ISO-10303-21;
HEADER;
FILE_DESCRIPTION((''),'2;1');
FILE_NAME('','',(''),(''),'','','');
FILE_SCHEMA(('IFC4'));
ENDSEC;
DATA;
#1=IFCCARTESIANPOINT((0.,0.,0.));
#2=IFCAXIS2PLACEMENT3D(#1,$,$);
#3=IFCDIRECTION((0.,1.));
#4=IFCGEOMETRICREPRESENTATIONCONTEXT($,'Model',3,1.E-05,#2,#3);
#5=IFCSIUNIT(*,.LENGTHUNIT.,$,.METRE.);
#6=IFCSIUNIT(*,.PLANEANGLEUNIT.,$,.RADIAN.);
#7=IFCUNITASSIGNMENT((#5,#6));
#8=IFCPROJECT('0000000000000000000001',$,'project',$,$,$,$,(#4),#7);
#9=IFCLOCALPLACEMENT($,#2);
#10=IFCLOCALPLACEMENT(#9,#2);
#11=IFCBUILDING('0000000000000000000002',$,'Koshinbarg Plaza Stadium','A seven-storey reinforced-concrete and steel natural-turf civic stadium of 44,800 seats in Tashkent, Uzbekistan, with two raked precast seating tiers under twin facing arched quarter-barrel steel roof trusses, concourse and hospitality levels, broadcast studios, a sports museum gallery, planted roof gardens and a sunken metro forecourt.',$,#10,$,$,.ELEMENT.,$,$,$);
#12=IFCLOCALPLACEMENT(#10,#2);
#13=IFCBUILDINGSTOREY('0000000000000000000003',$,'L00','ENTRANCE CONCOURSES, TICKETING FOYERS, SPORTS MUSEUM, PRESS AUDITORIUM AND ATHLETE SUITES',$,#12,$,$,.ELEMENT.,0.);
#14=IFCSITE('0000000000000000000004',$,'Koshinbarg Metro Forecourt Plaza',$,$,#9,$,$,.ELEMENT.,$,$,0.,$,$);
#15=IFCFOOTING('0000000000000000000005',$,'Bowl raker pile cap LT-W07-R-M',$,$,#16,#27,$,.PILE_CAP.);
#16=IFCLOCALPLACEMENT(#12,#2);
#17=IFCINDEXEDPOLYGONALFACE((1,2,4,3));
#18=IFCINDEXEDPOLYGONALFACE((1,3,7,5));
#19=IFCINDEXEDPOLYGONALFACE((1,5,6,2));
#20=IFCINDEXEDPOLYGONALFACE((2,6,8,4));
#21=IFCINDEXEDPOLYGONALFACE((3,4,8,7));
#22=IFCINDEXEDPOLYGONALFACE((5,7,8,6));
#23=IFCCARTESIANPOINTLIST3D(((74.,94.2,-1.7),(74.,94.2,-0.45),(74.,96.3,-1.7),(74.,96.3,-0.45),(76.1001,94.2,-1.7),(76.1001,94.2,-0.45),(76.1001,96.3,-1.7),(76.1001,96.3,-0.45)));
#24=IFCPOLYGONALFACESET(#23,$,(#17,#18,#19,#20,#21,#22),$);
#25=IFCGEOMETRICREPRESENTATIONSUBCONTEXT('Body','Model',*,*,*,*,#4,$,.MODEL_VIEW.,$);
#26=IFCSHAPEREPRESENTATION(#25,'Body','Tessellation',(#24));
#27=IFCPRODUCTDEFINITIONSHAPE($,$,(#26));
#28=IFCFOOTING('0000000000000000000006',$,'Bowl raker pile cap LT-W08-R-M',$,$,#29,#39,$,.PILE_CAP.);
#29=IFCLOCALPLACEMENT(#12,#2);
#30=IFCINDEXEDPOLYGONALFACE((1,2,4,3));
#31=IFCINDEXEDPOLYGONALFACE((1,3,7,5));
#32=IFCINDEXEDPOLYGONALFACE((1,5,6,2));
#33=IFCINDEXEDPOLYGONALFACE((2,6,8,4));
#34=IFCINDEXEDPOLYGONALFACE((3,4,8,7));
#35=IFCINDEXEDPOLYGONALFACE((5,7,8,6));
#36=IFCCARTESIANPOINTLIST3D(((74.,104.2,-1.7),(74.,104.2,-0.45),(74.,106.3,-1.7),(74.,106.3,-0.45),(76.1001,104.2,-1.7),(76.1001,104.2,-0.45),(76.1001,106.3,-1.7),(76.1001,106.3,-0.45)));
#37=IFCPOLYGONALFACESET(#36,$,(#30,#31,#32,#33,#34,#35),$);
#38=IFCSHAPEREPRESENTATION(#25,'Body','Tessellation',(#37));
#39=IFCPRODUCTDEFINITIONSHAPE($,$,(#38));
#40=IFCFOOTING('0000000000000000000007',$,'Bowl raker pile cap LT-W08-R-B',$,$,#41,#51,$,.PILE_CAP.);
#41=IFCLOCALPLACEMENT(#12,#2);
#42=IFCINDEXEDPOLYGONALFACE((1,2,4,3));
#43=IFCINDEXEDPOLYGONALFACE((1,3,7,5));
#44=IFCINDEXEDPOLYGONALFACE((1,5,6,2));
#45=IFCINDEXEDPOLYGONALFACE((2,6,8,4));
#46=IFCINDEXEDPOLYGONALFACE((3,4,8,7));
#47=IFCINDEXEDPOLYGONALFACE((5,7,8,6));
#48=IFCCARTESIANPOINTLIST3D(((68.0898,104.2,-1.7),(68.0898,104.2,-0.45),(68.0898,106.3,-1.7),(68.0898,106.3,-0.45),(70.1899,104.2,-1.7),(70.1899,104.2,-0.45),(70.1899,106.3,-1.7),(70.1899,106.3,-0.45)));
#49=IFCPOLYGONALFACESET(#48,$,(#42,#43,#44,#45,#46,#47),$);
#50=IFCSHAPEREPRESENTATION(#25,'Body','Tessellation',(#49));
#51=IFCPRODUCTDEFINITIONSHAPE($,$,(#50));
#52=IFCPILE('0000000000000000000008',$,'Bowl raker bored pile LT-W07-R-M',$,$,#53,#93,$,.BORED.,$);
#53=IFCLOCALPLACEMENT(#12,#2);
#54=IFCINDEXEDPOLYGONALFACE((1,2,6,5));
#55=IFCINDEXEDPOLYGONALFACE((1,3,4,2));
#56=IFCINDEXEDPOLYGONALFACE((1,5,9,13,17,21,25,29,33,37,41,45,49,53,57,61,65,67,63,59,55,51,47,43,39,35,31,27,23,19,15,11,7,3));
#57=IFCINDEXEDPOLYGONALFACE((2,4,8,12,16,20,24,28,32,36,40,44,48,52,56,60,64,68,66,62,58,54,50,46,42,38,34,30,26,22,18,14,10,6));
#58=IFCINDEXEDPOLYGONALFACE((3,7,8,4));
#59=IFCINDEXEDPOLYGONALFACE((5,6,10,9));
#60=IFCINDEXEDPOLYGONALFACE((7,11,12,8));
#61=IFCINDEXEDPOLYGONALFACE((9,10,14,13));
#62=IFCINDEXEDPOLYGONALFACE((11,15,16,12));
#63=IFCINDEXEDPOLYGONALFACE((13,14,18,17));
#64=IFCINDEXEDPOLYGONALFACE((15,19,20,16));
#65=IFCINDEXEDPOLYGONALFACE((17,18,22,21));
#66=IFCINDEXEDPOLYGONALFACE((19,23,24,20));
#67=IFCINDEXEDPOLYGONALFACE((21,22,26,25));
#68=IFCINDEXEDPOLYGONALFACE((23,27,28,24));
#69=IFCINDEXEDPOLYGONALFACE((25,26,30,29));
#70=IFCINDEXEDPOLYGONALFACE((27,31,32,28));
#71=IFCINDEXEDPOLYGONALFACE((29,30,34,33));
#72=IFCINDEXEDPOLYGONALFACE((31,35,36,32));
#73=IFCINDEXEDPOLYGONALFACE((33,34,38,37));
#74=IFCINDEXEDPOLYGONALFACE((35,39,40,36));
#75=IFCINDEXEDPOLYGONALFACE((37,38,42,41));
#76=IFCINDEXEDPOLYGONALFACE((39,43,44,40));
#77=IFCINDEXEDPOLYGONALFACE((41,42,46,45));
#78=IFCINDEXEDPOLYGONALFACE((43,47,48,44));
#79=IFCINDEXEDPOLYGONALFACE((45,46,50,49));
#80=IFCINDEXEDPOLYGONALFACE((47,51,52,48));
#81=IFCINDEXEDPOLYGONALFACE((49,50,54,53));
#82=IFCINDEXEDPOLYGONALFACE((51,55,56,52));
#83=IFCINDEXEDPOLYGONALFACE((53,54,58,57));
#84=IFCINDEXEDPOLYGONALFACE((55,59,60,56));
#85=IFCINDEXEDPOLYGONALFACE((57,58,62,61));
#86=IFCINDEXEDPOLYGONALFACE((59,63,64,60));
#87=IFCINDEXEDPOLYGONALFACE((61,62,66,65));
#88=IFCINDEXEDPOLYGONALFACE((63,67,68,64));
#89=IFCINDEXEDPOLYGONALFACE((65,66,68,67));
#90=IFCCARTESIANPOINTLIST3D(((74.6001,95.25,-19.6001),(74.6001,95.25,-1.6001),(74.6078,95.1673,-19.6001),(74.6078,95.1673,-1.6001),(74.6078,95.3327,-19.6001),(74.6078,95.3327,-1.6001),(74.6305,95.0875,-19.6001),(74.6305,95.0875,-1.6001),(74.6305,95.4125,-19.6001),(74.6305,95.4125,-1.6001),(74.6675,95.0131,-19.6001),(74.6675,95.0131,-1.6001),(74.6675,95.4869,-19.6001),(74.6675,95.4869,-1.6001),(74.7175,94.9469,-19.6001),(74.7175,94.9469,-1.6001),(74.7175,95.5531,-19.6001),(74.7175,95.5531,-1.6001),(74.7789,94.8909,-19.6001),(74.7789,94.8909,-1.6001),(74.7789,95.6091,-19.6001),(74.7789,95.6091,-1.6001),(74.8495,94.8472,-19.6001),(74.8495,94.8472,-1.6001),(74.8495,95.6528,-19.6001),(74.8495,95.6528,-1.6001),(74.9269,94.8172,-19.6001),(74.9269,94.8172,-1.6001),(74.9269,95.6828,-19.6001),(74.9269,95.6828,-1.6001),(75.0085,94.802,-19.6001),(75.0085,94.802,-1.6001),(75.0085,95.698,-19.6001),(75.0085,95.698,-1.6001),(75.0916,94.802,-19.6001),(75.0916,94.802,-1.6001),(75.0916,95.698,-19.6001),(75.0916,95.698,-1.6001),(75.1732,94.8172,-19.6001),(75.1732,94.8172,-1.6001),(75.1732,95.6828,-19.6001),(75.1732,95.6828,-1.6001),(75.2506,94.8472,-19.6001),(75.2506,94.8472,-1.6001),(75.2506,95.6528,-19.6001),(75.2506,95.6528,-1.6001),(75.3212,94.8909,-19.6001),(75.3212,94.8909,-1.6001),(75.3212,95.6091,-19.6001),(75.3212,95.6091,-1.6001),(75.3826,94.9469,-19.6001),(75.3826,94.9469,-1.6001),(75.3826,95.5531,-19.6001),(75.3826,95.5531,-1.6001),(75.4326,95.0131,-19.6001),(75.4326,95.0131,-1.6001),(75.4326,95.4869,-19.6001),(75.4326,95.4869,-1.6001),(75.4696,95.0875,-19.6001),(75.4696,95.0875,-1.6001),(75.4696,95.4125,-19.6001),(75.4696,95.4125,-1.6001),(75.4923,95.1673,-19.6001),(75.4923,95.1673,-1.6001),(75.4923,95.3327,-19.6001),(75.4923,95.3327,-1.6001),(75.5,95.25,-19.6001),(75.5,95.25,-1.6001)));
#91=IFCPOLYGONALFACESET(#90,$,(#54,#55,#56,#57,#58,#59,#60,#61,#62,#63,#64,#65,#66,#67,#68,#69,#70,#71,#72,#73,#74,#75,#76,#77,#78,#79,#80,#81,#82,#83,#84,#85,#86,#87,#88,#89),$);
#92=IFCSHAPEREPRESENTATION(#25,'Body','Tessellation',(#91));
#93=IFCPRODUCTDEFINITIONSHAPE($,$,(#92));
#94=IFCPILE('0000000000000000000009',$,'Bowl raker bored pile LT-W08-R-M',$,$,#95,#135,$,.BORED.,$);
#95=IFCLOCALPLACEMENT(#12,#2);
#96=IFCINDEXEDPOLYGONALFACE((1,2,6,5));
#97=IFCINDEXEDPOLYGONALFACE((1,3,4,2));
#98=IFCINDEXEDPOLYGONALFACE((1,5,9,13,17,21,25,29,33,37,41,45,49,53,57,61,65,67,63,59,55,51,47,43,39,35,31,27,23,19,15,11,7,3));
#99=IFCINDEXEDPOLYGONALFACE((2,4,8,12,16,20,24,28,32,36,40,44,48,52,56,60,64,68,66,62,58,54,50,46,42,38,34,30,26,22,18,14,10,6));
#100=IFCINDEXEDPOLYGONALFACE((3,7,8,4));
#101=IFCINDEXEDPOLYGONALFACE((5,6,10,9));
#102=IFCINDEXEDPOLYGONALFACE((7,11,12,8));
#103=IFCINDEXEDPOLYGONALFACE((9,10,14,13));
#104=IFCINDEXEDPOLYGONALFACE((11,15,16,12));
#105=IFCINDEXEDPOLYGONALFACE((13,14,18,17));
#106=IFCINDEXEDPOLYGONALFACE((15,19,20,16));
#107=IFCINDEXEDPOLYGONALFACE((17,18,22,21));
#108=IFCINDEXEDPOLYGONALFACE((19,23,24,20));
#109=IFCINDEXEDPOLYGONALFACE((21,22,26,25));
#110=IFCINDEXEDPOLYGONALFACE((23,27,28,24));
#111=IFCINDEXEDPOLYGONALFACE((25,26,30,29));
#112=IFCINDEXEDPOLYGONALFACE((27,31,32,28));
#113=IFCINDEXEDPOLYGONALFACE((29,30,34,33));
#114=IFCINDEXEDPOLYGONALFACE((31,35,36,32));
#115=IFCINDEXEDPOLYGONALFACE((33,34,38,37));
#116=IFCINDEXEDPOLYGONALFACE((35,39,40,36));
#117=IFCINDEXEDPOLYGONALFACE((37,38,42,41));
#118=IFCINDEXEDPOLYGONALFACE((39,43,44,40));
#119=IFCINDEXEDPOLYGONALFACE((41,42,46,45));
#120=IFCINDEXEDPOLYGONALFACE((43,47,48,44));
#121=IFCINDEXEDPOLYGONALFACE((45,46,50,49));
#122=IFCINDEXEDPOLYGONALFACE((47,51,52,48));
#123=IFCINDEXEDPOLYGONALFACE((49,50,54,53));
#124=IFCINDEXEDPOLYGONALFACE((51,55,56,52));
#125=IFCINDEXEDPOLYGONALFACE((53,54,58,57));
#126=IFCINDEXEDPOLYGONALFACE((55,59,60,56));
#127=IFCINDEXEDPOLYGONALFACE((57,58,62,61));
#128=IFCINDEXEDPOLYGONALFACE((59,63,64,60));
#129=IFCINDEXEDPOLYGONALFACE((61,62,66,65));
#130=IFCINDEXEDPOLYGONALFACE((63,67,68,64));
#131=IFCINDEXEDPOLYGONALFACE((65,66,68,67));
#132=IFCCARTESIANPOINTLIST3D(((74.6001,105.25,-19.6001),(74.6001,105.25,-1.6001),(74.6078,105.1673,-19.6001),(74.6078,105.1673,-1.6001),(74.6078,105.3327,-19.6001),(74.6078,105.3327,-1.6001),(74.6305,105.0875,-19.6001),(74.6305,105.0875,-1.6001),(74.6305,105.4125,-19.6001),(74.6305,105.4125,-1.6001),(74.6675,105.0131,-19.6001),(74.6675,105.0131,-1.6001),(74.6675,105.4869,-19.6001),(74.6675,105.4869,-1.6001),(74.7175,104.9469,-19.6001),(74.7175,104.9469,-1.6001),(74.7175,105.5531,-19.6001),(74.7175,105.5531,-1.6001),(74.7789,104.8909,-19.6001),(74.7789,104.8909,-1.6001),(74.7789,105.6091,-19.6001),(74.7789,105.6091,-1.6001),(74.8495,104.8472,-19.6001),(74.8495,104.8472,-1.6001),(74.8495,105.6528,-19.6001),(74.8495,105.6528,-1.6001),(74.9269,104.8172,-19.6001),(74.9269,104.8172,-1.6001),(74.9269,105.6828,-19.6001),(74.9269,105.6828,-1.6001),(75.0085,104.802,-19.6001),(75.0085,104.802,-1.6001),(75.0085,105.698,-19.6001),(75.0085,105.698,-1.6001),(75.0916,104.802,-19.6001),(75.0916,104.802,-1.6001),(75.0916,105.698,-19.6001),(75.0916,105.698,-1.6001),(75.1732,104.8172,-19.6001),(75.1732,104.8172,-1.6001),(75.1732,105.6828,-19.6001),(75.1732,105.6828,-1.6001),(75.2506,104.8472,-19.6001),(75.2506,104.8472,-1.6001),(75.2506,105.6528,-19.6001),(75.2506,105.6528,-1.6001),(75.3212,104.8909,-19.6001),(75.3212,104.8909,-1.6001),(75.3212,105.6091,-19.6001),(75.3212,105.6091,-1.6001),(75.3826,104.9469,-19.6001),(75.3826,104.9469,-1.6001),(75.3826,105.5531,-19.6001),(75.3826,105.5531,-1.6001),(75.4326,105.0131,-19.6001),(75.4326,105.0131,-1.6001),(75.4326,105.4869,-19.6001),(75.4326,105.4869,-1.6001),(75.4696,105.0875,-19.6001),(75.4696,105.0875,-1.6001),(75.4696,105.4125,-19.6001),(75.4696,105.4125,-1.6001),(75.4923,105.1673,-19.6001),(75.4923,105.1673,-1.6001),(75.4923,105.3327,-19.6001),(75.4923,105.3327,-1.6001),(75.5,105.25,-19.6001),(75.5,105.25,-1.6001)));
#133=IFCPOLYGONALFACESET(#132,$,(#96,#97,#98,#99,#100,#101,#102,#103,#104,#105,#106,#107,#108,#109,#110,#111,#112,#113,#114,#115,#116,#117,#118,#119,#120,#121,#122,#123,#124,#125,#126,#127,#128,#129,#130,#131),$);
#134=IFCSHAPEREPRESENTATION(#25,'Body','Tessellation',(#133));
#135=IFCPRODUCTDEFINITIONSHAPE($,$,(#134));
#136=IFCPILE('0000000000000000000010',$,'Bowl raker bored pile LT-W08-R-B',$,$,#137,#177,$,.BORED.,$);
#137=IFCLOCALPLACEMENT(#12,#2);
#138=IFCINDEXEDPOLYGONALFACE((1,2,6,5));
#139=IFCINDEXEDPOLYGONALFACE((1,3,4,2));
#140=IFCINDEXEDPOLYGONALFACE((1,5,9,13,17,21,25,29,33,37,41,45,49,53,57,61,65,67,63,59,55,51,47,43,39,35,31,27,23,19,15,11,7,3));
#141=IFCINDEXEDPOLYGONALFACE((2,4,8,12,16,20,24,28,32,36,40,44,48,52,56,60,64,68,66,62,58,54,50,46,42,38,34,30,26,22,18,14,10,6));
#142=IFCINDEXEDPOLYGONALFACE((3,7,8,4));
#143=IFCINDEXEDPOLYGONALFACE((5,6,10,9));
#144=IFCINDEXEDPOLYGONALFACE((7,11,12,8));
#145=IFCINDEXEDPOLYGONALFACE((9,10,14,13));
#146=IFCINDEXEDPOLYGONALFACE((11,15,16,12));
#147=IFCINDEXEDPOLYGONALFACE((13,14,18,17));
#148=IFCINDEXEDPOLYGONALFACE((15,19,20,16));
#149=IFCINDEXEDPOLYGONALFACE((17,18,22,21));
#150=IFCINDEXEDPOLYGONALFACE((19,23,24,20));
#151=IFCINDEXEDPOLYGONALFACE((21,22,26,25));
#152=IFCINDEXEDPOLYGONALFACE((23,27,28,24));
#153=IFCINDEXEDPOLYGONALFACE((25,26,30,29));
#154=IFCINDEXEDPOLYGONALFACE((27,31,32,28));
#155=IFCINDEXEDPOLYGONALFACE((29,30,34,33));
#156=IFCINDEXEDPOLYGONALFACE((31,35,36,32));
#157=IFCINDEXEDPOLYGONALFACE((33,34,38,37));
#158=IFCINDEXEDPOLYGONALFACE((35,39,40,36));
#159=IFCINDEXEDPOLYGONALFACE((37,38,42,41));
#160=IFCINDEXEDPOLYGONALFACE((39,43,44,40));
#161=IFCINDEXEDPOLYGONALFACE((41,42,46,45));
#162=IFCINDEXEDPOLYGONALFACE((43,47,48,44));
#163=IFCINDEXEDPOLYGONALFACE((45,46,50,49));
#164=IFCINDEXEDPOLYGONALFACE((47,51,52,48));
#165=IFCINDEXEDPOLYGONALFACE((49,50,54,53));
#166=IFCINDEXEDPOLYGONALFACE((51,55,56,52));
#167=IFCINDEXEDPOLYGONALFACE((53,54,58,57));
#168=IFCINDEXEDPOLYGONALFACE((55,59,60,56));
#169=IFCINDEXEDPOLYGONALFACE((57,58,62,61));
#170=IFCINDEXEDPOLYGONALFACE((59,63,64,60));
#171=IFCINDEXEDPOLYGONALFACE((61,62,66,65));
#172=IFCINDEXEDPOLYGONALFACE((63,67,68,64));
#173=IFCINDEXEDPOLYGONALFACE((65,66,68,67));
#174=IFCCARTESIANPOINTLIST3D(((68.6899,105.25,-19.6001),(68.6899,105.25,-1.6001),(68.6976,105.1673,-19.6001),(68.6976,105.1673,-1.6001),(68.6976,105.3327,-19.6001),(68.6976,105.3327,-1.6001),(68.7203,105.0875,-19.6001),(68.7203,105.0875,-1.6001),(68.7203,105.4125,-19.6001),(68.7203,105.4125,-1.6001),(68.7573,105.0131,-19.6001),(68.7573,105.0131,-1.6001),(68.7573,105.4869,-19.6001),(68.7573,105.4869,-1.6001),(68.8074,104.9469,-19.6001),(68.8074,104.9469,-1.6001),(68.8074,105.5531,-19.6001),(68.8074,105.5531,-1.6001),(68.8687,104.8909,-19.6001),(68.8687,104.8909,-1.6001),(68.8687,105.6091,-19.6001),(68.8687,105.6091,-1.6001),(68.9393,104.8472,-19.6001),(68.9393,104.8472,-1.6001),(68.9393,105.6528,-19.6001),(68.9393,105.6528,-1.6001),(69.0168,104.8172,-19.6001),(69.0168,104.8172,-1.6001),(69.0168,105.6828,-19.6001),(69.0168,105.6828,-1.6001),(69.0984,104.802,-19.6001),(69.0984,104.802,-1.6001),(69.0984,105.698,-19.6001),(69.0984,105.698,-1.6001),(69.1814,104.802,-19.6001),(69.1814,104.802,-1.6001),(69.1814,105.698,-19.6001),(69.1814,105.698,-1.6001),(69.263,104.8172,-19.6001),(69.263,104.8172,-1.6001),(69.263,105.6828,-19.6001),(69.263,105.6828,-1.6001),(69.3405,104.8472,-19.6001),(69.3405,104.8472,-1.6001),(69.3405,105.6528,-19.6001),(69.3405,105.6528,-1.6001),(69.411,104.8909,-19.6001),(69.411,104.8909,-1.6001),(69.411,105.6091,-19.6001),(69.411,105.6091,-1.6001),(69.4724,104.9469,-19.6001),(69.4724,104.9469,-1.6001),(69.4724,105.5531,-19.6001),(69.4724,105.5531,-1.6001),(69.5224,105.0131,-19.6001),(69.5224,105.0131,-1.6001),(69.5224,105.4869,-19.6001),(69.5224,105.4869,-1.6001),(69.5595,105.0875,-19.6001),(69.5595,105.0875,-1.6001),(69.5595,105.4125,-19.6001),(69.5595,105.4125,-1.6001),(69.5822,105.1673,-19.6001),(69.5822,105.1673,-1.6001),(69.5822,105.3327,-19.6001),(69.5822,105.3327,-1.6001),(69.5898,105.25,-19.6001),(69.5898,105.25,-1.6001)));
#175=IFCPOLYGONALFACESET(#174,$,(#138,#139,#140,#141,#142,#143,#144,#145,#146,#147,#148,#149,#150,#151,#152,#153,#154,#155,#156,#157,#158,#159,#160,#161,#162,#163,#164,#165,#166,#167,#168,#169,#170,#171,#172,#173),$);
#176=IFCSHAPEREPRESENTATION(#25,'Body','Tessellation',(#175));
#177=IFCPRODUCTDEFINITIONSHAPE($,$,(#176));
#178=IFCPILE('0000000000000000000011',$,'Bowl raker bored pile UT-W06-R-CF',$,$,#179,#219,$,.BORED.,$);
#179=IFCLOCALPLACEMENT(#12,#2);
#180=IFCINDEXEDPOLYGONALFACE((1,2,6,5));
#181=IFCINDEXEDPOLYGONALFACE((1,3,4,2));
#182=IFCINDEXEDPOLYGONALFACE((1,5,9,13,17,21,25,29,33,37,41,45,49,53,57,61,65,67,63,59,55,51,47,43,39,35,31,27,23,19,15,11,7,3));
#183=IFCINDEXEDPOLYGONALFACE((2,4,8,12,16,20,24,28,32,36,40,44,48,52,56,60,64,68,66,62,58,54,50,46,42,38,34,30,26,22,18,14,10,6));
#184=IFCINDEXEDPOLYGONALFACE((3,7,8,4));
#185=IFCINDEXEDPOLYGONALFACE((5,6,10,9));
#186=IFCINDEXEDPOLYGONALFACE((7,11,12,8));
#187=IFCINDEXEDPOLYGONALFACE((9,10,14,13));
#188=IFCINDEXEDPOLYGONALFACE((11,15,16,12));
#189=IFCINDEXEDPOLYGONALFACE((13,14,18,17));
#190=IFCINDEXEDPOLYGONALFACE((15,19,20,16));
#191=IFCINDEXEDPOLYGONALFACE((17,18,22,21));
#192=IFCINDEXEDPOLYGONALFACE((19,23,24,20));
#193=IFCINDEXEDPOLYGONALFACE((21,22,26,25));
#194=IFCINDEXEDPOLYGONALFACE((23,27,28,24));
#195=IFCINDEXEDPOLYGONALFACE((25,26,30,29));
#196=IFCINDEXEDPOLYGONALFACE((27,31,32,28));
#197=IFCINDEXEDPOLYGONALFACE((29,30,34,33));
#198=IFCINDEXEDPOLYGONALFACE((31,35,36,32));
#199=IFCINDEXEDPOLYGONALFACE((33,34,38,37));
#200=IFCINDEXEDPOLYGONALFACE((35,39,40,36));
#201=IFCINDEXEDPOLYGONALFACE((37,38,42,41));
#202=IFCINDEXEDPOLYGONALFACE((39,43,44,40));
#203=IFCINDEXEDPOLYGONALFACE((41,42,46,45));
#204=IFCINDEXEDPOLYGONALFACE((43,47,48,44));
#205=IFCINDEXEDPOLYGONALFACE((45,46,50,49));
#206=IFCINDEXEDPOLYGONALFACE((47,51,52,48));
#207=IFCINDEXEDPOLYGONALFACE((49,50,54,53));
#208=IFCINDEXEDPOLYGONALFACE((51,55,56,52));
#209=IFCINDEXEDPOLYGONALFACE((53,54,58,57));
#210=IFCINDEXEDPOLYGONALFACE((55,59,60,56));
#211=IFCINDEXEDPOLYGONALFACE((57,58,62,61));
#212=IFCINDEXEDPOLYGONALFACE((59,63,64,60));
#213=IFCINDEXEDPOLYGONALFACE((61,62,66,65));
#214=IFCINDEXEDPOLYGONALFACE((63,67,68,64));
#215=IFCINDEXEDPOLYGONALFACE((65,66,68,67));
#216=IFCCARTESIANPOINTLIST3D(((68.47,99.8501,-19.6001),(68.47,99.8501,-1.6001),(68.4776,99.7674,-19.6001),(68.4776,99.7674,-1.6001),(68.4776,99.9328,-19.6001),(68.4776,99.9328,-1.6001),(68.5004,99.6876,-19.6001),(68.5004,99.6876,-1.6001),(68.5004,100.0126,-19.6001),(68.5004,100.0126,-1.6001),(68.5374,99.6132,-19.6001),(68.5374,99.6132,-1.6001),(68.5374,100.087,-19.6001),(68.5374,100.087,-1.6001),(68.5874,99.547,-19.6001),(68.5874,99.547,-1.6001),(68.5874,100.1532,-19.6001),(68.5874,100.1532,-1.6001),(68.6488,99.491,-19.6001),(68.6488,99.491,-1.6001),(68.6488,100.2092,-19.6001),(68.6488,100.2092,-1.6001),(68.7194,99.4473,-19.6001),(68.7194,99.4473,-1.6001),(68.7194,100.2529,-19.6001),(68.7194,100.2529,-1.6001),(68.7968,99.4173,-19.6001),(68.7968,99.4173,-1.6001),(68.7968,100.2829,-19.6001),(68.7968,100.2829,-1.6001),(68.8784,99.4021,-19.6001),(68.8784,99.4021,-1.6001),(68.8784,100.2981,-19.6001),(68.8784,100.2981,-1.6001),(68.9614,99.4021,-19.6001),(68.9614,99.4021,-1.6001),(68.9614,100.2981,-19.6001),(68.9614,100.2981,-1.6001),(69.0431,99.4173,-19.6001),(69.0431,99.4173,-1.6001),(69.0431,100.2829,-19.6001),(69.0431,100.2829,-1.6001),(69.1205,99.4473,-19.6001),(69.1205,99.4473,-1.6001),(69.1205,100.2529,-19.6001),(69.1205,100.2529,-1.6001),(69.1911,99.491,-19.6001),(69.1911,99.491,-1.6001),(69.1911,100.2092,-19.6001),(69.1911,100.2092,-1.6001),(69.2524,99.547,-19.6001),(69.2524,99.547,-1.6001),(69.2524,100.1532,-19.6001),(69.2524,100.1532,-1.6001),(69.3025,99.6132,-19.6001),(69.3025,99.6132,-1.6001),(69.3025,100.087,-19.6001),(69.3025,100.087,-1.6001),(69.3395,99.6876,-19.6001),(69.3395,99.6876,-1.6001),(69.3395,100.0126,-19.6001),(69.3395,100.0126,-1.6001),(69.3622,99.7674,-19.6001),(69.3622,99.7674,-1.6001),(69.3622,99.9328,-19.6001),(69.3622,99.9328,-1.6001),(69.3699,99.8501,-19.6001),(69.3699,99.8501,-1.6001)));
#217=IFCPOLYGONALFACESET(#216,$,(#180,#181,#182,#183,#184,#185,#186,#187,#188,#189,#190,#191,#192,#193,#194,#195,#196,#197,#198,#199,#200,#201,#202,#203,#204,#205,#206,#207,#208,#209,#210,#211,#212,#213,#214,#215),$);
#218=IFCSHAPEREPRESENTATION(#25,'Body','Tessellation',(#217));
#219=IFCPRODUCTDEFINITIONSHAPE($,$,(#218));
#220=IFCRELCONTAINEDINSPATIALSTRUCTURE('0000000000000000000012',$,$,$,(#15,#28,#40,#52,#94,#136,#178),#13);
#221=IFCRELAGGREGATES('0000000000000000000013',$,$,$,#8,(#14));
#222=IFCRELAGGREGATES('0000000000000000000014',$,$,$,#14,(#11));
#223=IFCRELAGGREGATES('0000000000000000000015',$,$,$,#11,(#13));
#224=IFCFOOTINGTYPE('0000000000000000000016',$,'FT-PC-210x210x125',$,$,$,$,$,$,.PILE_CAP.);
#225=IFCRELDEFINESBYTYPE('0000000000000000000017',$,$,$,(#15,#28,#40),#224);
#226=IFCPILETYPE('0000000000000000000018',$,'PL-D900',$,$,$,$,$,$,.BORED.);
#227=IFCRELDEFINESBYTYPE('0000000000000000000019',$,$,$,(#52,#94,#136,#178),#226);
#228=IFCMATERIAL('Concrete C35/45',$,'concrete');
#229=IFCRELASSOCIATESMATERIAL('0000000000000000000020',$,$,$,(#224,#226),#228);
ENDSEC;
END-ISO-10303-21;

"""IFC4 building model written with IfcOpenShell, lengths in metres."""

from ifc_helpers import new_model, si_unit, direction, frame, origin, origin_2d, place, context, subcontext, project, spatial, rectangle, circle, extrude, material, material_profile, profile_set, type_object, element, save


model = new_model("IFC4")

# Units and contexts
model_context = context("Model", 3, precision=1e-05, world=origin(), true_north=direction((0.0, 1.0)))
body_context = subcontext(model_context, "Body", "Model", "MODEL_VIEW")
ifc_project = project(units=[si_unit("LENGTHUNIT", "METRE"), si_unit("PLANEANGLEUNIT", "RADIAN")], contexts=[model_context])

# Site, building, storey
site_placement = place(None, origin())
site = spatial("IfcSite", under=ifc_project, at=site_placement, Name="Koshinbarg Metro Forecourt Plaza", CompositionType="ELEMENT", RefElevation=0.0)
building_placement = place(site_placement, origin())
building = spatial("IfcBuilding", under=site, at=building_placement, Name="Koshinbarg Plaza Stadium", Description="A seven-storey reinforced-concrete and steel natural-turf civic stadium of 44,800 seats in Tashkent, Uzbekistan, with two raked precast seating tiers under twin facing arched quarter-barrel steel roof trusses, concourse and hospitality levels, broadcast studios, a sports museum gallery, planted roof gardens and a sunken metro forecourt.", CompositionType="ELEMENT")
storey_placement = place(building_placement, origin())
storey = spatial("IfcBuildingStorey", under=building, at=storey_placement, Name="L00", Description="ENTRANCE CONCOURSES, TICKETING FOYERS, SPORTS MUSEUM, PRESS AUDITORIUM AND ATHLETE SUITES", CompositionType="ELEMENT", Elevation=0.0)

# Footings
ifc_material_1 = material(Name="Concrete C35/45", Category="concrete")
footing_type = type_object("IfcFootingType", Name="FT-PC-210x210x125", PredefinedType="PILE_CAP", material=ifc_material_1)
for number, where, z_axis, x_axis, name in (
    (1, (75.05, 95.25, -1.7), (0.0, 0.0, 1.0), (1.0, 0.0, 0.0), "Bowl raker pile cap LT-W07-R-M"),
    (2, (75.05, 105.25, -1.7), (0.0, 0.0, 1.0), (1.0, 0.0, 0.0), "Bowl raker pile cap LT-W08-R-M"),
    (3, (69.1399, 105.25, -1.7), (0.0, 0.0, 1.0), (1.0, 0.0, 0.0), "Bowl raker pile cap LT-W08-R-B"),
):
    element("IfcFooting", number, at=place(storey_placement, frame(where, z_axis=z_axis, x_axis=x_axis)), inside=storey, type_object=footing_type, Name=name, PredefinedType="PILE_CAP", context=body_context, shape_type="SweptSolid", body=[
        extrude(rectangle(XDim=2.1001, YDim=2.1001, at=origin_2d()), origin(), (0.0, 0.0, 1.0), 1.25),
    ])

# Piles
ifc_material_profile_1 = material_profile(ifc_material_1, circle(Radius=0.45, at=origin_2d()), Name="PILE D900")
ifc_profile_set_1 = profile_set([ifc_material_profile_1], Name="Concrete C35/45")
pile_type = type_object("IfcPileType", Name="PL-D900", PredefinedType="BORED", material=ifc_profile_set_1)
for number, where, z_axis, x_axis, name in (
    (4, (75.05, 95.25, -1.6001), (0.0, 0.0, -1.0), (1.0, 0.0, 0.0), "Bowl raker bored pile LT-W07-R-M"),
    (5, (75.05, 105.25, -1.6001), (0.0, 0.0, -1.0), (1.0, 0.0, 0.0), "Bowl raker bored pile LT-W08-R-M"),
    (6, (69.1399, 105.25, -1.6001), (0.0, 0.0, -1.0), (1.0, 0.0, 0.0), "Bowl raker bored pile LT-W08-R-B"),
    (7, (68.9199, 99.8501, -1.6001), (0.0, 0.0, -1.0), (1.0, 0.0, 0.0), "Bowl raker bored pile UT-W06-R-CF"),
):
    element("IfcPile", number, at=place(storey_placement, frame(where, z_axis=z_axis, x_axis=x_axis)), inside=storey, type_object=pile_type, Name=name, PredefinedType="BORED", context=body_context, shape_type="SweptSolid", body=[
        extrude(circle(Radius=0.45, at=origin_2d()), origin(), (0.0, 0.0, 1.0), 18.0),
    ])

save(model, "model.ifc")
